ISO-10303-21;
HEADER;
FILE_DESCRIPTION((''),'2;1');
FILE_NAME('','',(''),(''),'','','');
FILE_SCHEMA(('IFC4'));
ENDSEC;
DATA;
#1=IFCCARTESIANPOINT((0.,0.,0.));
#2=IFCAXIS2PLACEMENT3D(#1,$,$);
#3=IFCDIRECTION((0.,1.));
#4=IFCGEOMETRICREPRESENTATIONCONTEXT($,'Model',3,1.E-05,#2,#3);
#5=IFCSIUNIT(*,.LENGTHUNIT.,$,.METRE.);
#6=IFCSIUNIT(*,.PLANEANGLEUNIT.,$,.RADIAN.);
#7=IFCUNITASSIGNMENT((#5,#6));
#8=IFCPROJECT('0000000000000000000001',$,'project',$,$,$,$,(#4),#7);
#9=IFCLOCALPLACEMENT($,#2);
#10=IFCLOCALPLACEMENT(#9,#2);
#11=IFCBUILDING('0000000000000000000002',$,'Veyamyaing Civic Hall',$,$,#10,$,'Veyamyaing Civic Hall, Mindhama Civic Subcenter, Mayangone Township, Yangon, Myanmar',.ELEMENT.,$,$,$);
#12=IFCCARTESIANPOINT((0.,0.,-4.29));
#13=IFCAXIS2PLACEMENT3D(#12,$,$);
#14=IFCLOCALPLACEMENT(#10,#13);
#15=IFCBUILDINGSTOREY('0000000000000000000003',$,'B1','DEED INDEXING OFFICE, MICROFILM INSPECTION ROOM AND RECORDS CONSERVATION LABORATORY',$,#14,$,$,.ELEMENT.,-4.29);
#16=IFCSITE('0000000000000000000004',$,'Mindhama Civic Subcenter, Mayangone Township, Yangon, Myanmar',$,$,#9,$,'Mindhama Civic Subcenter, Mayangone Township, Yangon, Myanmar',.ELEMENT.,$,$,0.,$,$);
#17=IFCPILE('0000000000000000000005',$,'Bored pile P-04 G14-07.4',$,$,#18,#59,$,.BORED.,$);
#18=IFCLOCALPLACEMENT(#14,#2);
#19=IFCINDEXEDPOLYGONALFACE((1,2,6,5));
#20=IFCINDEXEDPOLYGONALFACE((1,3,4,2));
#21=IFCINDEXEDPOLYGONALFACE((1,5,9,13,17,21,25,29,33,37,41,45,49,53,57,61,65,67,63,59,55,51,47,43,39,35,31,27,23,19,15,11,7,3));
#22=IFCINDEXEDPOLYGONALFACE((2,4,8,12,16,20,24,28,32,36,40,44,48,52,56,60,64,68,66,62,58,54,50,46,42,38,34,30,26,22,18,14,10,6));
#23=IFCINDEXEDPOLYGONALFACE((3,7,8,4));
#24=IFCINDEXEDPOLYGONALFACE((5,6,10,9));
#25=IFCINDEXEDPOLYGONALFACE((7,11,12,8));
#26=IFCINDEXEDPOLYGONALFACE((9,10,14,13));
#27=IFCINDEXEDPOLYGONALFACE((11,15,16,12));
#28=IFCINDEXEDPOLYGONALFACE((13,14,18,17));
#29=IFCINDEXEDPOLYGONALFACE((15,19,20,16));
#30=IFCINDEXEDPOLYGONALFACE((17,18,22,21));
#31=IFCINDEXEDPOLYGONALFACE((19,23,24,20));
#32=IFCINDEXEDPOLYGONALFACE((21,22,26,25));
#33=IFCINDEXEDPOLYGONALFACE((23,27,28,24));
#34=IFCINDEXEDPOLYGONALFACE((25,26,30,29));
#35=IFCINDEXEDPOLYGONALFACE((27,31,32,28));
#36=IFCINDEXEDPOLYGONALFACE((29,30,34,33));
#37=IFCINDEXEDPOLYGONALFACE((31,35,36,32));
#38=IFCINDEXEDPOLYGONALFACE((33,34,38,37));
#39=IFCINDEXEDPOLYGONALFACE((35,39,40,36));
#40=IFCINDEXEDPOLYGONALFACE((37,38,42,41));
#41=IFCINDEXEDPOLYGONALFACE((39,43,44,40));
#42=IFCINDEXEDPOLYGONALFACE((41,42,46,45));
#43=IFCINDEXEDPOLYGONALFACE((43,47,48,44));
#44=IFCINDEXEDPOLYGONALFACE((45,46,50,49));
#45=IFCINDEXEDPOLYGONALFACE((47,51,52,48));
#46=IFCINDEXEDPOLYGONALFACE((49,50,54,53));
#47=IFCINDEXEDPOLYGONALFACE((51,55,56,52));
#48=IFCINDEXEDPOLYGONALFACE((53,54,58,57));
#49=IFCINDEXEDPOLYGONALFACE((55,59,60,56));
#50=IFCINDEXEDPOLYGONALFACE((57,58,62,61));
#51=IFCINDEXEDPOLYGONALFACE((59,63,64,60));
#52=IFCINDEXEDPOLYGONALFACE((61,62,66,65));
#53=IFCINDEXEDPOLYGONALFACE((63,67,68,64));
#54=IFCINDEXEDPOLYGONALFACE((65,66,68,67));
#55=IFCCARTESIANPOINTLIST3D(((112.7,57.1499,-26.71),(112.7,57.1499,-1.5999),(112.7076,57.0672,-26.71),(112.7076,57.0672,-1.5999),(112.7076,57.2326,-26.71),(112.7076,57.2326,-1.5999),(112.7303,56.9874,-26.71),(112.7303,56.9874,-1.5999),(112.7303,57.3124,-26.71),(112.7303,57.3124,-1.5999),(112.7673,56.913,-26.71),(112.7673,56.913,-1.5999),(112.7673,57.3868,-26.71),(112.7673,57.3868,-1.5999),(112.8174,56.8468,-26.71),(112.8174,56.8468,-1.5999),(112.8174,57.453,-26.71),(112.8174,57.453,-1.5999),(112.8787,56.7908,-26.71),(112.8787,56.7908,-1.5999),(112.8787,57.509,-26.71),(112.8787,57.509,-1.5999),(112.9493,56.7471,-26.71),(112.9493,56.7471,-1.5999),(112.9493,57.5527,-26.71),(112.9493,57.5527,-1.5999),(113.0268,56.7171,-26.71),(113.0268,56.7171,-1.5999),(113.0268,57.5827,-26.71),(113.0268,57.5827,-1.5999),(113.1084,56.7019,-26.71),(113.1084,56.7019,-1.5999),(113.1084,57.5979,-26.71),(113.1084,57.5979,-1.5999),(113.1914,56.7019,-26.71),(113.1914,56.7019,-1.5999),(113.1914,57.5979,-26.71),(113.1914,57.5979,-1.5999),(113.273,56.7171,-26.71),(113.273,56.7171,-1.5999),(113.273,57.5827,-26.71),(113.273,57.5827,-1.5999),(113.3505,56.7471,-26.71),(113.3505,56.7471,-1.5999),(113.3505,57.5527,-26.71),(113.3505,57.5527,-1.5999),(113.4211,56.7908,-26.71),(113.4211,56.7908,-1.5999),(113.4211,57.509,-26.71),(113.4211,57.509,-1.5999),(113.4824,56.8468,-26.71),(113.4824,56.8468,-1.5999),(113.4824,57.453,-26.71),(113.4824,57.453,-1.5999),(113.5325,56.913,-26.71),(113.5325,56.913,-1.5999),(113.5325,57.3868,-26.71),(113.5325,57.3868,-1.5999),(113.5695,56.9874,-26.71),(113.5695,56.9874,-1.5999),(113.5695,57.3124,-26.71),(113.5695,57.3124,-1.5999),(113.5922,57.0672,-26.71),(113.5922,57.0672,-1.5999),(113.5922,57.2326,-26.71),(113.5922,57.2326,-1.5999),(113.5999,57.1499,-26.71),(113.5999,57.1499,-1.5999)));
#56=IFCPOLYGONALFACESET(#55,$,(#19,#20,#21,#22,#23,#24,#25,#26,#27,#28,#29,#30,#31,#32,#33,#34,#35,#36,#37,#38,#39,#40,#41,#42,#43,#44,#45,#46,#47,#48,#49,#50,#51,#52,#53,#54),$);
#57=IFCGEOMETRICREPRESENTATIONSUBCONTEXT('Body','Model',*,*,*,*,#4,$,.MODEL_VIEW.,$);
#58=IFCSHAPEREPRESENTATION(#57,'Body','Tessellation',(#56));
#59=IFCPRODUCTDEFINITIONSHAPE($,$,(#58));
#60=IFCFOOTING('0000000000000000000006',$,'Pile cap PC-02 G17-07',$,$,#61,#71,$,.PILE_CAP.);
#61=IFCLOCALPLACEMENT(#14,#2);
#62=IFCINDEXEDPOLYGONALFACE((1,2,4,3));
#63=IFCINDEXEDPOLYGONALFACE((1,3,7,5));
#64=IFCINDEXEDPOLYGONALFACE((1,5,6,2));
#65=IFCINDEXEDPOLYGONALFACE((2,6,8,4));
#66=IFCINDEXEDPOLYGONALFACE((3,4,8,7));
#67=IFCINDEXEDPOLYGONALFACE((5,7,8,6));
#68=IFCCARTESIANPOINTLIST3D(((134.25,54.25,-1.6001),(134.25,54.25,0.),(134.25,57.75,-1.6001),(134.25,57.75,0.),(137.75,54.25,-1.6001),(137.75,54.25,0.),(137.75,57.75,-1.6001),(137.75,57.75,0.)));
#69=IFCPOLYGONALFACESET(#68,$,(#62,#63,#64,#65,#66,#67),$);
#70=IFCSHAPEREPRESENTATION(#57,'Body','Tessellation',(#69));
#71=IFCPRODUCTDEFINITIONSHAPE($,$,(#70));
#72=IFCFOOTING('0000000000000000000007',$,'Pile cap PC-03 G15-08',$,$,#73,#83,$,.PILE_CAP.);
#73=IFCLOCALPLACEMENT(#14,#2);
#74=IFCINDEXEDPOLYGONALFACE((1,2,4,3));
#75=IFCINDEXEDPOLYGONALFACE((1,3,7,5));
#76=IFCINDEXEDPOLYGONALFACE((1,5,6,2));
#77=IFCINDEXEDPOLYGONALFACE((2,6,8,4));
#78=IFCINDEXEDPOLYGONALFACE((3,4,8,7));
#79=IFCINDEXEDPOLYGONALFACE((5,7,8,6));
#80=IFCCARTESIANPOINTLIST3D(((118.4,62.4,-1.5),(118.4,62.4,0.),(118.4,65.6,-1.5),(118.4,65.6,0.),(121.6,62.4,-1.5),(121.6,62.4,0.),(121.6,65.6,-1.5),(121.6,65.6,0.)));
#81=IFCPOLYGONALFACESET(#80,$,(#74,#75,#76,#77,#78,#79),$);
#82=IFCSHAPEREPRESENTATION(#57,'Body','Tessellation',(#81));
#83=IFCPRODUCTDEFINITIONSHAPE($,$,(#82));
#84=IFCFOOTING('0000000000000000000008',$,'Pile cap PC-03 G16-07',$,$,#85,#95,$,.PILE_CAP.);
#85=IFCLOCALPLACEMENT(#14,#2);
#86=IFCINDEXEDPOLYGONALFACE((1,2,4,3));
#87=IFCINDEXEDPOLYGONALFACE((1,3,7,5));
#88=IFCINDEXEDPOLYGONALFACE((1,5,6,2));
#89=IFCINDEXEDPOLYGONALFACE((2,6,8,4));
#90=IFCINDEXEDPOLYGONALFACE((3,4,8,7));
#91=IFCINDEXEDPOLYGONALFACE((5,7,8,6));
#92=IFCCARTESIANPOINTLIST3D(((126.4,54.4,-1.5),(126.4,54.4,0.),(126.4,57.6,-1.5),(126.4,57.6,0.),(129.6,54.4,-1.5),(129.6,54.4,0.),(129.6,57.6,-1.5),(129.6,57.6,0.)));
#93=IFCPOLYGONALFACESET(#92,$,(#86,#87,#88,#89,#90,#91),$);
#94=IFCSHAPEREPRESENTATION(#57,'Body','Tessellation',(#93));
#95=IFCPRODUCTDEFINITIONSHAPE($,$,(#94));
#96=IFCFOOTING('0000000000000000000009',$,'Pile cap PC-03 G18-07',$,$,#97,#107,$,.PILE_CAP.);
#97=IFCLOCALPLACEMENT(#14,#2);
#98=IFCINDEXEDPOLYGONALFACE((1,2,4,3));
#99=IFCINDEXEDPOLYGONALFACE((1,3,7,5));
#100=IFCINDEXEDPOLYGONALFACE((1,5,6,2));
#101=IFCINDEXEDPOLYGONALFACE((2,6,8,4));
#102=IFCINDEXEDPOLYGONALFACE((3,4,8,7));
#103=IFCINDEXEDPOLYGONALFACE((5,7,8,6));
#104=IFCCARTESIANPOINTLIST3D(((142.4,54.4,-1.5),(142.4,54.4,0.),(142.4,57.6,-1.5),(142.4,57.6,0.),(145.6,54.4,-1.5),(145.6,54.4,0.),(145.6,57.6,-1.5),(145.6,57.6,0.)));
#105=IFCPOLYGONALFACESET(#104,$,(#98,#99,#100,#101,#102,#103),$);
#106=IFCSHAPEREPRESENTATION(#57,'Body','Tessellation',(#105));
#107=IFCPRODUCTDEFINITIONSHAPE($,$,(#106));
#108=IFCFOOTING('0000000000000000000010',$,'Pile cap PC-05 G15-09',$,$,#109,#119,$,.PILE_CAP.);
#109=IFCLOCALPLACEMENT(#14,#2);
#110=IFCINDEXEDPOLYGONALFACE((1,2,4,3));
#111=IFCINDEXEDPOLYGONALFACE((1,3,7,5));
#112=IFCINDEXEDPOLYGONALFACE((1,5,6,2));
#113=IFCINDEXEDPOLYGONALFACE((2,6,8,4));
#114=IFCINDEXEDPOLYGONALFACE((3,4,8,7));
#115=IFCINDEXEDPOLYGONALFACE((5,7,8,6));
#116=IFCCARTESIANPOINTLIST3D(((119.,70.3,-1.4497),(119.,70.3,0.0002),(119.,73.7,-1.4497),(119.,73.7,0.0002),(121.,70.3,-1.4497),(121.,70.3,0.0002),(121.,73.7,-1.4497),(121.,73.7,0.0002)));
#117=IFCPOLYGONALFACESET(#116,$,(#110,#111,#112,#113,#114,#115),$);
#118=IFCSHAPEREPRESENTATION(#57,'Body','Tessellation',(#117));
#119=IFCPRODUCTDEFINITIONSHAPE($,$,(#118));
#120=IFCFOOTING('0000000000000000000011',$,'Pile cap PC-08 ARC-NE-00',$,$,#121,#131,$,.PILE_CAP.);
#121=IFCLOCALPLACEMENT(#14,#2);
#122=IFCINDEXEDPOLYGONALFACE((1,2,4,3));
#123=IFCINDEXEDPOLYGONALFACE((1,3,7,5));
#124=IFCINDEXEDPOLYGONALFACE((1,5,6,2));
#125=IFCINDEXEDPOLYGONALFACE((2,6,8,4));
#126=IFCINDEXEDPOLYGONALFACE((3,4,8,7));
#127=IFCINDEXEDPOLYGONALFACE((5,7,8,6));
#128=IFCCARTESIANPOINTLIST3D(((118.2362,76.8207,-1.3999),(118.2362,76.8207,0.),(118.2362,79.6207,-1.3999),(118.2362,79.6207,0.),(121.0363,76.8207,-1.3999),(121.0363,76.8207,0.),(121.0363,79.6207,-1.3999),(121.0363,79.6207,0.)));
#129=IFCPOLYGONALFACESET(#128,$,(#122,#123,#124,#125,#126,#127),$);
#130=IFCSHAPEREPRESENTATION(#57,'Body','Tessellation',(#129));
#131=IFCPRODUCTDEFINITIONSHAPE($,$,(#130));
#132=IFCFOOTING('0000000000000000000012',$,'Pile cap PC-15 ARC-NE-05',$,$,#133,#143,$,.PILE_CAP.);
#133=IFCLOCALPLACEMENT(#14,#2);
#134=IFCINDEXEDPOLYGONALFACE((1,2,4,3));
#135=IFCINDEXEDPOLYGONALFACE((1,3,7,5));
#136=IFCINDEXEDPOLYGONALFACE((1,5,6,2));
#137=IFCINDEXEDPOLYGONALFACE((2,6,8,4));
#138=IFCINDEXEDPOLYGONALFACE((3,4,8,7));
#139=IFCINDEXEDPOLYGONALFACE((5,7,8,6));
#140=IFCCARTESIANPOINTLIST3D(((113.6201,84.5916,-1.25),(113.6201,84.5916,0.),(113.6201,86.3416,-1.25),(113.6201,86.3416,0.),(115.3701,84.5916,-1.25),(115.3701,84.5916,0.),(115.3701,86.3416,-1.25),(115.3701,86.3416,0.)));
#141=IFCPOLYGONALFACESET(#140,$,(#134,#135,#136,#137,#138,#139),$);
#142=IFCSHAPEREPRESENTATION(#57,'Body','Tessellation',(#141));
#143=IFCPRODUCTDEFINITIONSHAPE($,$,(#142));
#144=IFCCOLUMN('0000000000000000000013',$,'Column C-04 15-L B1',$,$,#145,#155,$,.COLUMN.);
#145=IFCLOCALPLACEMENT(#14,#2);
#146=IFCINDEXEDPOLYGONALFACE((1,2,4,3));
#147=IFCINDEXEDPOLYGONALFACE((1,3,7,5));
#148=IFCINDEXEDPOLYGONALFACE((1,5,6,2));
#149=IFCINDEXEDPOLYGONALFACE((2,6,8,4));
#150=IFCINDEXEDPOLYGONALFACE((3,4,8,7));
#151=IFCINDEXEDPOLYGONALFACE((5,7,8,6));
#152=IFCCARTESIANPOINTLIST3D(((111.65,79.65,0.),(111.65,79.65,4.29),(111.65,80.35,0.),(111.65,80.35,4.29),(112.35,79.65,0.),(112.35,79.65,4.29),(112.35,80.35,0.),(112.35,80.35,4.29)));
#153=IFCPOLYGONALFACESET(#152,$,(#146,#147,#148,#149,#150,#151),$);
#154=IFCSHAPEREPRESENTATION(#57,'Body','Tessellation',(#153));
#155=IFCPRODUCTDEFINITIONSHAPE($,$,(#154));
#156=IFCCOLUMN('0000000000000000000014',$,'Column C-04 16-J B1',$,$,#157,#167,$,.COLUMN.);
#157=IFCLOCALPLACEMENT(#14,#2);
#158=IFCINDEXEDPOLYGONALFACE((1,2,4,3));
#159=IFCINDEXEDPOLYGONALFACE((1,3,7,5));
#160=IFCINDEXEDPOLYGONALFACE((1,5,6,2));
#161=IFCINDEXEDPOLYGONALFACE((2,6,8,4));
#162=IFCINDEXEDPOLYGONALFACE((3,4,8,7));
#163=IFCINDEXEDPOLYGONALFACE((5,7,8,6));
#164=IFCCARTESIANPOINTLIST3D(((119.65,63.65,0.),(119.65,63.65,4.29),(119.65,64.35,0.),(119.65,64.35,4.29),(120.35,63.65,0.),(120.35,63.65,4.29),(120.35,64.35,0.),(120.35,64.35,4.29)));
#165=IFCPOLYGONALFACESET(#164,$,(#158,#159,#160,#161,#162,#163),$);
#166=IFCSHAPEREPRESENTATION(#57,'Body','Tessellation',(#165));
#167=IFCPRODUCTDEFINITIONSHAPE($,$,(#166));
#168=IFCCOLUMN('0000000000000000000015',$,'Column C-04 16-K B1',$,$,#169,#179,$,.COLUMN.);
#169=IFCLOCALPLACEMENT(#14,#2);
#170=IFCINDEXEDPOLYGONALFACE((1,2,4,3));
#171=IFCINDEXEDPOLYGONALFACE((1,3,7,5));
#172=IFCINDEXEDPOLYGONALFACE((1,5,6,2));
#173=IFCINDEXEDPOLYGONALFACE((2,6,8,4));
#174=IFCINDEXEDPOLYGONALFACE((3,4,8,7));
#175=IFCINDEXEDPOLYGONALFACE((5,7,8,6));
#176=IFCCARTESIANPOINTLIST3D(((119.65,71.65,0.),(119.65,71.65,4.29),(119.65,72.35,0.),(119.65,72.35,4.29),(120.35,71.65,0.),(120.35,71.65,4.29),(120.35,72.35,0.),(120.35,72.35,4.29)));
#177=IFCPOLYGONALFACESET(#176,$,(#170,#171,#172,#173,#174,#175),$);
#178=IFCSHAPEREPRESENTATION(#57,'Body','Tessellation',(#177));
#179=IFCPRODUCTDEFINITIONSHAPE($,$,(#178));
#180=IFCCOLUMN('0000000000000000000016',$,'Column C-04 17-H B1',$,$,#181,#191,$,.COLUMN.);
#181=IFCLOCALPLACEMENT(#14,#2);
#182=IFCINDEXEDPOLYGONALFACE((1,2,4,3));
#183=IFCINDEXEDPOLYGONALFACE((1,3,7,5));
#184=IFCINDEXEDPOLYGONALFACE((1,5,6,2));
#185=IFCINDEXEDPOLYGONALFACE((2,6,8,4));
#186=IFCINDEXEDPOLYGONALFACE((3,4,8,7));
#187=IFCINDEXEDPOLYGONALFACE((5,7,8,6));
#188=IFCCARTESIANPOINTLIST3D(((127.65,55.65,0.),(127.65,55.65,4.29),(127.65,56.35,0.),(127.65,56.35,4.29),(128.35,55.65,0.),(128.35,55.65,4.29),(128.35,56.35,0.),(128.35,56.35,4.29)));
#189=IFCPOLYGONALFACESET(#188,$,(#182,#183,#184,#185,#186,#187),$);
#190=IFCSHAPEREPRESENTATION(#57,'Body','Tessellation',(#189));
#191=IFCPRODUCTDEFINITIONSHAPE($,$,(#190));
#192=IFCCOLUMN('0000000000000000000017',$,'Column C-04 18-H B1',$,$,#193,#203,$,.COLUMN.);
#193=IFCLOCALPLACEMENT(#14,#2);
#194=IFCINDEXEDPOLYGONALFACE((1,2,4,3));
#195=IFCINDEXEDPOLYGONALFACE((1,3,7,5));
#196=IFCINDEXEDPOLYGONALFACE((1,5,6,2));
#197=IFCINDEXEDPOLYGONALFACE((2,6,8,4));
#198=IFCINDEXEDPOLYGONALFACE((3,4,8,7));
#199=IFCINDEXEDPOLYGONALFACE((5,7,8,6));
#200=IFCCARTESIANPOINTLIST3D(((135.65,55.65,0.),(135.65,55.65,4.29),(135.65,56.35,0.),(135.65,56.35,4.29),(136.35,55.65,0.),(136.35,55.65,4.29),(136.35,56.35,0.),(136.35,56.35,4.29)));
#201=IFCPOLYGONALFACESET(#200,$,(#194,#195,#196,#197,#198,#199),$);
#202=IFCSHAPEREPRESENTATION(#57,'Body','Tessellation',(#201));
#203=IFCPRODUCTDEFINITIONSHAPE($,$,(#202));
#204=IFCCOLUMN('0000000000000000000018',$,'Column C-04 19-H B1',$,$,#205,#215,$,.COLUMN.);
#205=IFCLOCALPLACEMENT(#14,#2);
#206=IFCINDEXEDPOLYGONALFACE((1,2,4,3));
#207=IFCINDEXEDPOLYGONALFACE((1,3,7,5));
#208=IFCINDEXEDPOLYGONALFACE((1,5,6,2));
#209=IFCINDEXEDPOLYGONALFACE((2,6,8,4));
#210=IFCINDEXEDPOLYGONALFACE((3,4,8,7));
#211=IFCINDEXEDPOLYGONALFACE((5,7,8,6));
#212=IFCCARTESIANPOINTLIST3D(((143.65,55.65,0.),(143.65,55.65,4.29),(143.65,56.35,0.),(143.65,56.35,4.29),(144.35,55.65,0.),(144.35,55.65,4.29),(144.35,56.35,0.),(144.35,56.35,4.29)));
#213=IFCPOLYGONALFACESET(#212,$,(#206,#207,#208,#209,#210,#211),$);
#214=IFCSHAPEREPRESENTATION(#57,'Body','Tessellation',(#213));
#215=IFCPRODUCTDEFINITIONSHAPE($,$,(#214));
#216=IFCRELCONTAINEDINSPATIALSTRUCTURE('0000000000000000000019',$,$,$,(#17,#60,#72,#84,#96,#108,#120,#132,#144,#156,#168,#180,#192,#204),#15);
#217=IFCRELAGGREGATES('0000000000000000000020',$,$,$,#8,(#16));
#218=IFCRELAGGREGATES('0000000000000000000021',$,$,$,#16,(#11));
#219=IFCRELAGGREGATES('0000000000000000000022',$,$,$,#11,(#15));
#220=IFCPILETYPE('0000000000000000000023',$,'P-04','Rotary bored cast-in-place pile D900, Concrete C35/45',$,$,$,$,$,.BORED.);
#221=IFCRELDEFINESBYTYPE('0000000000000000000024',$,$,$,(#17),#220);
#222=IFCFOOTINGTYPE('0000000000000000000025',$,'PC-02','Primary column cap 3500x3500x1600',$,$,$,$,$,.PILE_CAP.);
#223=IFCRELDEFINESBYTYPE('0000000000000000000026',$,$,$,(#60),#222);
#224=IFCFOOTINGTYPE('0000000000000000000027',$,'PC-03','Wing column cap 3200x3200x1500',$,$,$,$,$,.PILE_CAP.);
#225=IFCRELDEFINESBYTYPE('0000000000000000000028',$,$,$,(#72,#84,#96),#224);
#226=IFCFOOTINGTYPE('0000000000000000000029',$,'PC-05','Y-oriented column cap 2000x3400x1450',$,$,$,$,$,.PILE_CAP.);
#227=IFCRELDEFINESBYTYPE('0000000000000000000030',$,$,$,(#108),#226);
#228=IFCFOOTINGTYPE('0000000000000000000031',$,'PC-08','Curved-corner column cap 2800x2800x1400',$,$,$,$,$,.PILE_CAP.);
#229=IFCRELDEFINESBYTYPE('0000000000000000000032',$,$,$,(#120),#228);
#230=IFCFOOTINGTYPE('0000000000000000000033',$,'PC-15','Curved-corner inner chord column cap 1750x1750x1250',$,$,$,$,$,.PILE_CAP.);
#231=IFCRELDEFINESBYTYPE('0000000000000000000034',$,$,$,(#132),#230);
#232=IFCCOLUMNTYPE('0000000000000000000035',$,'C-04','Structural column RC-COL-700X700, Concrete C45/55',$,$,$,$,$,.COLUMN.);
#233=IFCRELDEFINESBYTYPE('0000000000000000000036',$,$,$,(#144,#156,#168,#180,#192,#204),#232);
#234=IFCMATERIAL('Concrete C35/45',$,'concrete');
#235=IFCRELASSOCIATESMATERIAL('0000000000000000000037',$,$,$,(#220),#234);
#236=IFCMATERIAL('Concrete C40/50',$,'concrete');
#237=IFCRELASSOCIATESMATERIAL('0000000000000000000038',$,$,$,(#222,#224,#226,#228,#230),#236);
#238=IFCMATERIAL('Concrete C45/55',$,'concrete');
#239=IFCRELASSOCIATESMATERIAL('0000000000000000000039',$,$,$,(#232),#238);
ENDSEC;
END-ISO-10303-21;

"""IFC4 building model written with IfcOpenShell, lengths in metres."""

from ifc_helpers import new_model, si_unit, direction, frame, origin, origin_2d, place, context, subcontext, project, spatial, rectangle, circle, extrude, material, material_profile, profile_set, type_object, element, save


model = new_model("IFC4")

# Units and contexts
model_context = context("Model", 3, precision=1e-05, world=origin(), true_north=direction((0.0, 1.0)))
body_context = subcontext(model_context, "Body", "Model", "MODEL_VIEW")
ifc_project = project(units=[si_unit("LENGTHUNIT", "METRE"), si_unit("PLANEANGLEUNIT", "RADIAN")], contexts=[model_context])

# Site, building, storey
site_placement = place(None, origin())
site = spatial("IfcSite", under=ifc_project, at=site_placement, Name="Mindhama Civic Subcenter, Mayangone Township, Yangon, Myanmar", LongName="Mindhama Civic Subcenter, Mayangone Township, Yangon, Myanmar", CompositionType="ELEMENT", RefElevation=0.0)
building_placement = place(site_placement, origin())
building = spatial("IfcBuilding", under=site, at=building_placement, Name="Veyamyaing Civic Hall", LongName="Veyamyaing Civic Hall, Mindhama Civic Subcenter, Mayangone Township, Yangon, Myanmar", CompositionType="ELEMENT")
storey_placement = place(building_placement, frame((0.0, 0.0, -4.29)))
storey = spatial("IfcBuildingStorey", under=building, at=storey_placement, Name="B1", Description="DEED INDEXING OFFICE, MICROFILM INSPECTION ROOM AND RECORDS CONSERVATION LABORATORY", CompositionType="ELEMENT", Elevation=-4.29)

# Shared definitions
ifc_material_1 = material(Name="Concrete C40/50", Category="concrete")

# Pile
ifc_material_2 = material(Name="Concrete C35/45", Category="concrete")
ifc_material_profile_1 = material_profile(ifc_material_2, circle(Radius=0.45, at=origin_2d()), Name="PILE-D900")
ifc_profile_set_1 = profile_set([ifc_material_profile_1], Name="Concrete C35/45")
pile_type_1 = type_object("IfcPileType", Name="P-04", Description="Rotary bored cast-in-place pile D900, Concrete C35/45", PredefinedType="BORED", material=ifc_profile_set_1)
pile_1_placement = place(storey_placement, frame((113.1499, 57.1499, -1.5999), z_axis=(0.0, 0.0, -1.0), x_axis=(1.0, 0.0, 0.0)))
element("IfcPile", 1, at=pile_1_placement, inside=storey, type_object=pile_type_1, Name="Bored pile P-04 G14-07.4", PredefinedType="BORED", context=body_context, shape_type="SweptSolid", body=[
    extrude(circle(Radius=0.45, at=origin_2d()), origin(), (0.0, 0.0, 1.0), 25.1101),
])

# Footings
footing_type_1 = type_object("IfcFootingType", Name="PC-02", Description="Primary column cap 3500x3500x1600", PredefinedType="PILE_CAP", material=ifc_material_1)
footing_1_placement = place(storey_placement, frame((136.0, 56.0, -1.6001), z_axis=(0.0, 0.0, 1.0), x_axis=(1.0, 0.0, 0.0)))
element("IfcFooting", 2, at=footing_1_placement, inside=storey, type_object=footing_type_1, Name="Pile cap PC-02 G17-07", PredefinedType="PILE_CAP", context=body_context, shape_type="SweptSolid", body=[
    extrude(rectangle(XDim=3.5, YDim=3.5, at=origin_2d()), origin(), (0.0, 0.0, 1.0), 1.6001),
])
footing_type_2 = type_object("IfcFootingType", Name="PC-03", Description="Wing column cap 3200x3200x1500", PredefinedType="PILE_CAP", material=ifc_material_1)
for number, where, z_axis, x_axis, name in (
    (3, (120.0, 64.0, -1.5), (0.0, 0.0, 1.0), (1.0, 0.0, 0.0), "Pile cap PC-03 G15-08"),
    (4, (128.0, 56.0, -1.5), (0.0, 0.0, 1.0), (1.0, 0.0, 0.0), "Pile cap PC-03 G16-07"),
    (5, (144.0, 56.0, -1.5), (0.0, 0.0, 1.0), (1.0, 0.0, 0.0), "Pile cap PC-03 G18-07"),
):
    element("IfcFooting", number, at=place(storey_placement, frame(where, z_axis=z_axis, x_axis=x_axis)), inside=storey, type_object=footing_type_2, Name=name, PredefinedType="PILE_CAP", context=body_context, shape_type="SweptSolid", body=[
        extrude(rectangle(XDim=3.2, YDim=3.2, at=origin_2d()), origin(), (0.0, 0.0, 1.0), 1.5),
    ])
footing_type_3 = type_object("IfcFootingType", Name="PC-05", Description="Y-oriented column cap 2000x3400x1450", PredefinedType="PILE_CAP", material=ifc_material_1)
footing_2_placement = place(storey_placement, frame((120.0, 72.0, -1.4497), z_axis=(0.0, 0.0, 1.0), x_axis=(1.0, 0.0, 0.0)))
element("IfcFooting", 6, at=footing_2_placement, inside=storey, type_object=footing_type_3, Name="Pile cap PC-05 G15-09", PredefinedType="PILE_CAP", context=body_context, shape_type="SweptSolid", body=[
    extrude(rectangle(XDim=2.0, YDim=3.3999, at=origin_2d()), origin(), (0.0, 0.0, 1.0), 1.45),
])
footing_type_4 = type_object("IfcFootingType", Name="PC-08", Description="Curved-corner column cap 2800x2800x1400", PredefinedType="PILE_CAP", material=ifc_material_1)
footing_3_placement = place(storey_placement, frame((119.6362, 78.2207, -1.3999), z_axis=(0.0, 0.0, 1.0), x_axis=(1.0, 0.0, 0.0)))
element("IfcFooting", 7, at=footing_3_placement, inside=storey, type_object=footing_type_4, Name="Pile cap PC-08 ARC-NE-00", PredefinedType="PILE_CAP", context=body_context, shape_type="SweptSolid", body=[
    extrude(rectangle(XDim=2.8, YDim=2.8, at=origin_2d()), origin(), (0.0, 0.0, 1.0), 1.3999),
])
footing_type_5 = type_object("IfcFootingType", Name="PC-15", Description="Curved-corner inner chord column cap 1750x1750x1250", PredefinedType="PILE_CAP", material=ifc_material_1)
footing_4_placement = place(storey_placement, frame((114.4951, 85.4666, -1.25), z_axis=(0.0, 0.0, 1.0), x_axis=(1.0, 0.0, 0.0)))
element("IfcFooting", 8, at=footing_4_placement, inside=storey, type_object=footing_type_5, Name="Pile cap PC-15 ARC-NE-05", PredefinedType="PILE_CAP", context=body_context, shape_type="SweptSolid", body=[
    extrude(rectangle(XDim=1.75, YDim=1.75, at=origin_2d()), origin(), (0.0, 0.0, 1.0), 1.25),
])

# Columns
ifc_material_3 = material(Name="Concrete C45/55", Category="concrete")
ifc_material_profile_2 = material_profile(ifc_material_3, rectangle(XDim=0.7, YDim=0.7, at=origin_2d()), Name="RC-COL-700X700")
ifc_profile_set_2 = profile_set([ifc_material_profile_2], Name="Concrete C45/55")
column_type_1 = type_object("IfcColumnType", Name="C-04", Description="Structural column RC-COL-700X700, Concrete C45/55", PredefinedType="COLUMN", material=ifc_profile_set_2)
for number, where, z_axis, x_axis, name in (
    (9, (112.0, 80.0, 0.0), (0.0, 0.0, 1.0), (1.0, 0.0, 0.0), "Column C-04 15-L B1"),
    (10, (120.0, 64.0, 0.0), (0.0, 0.0, 1.0), (1.0, 0.0, 0.0), "Column C-04 16-J B1"),
    (11, (120.0, 72.0, 0.0), (0.0, 0.0, 1.0), (1.0, 0.0, 0.0), "Column C-04 16-K B1"),
    (12, (128.0, 56.0, 0.0), (0.0, 0.0, 1.0), (1.0, 0.0, 0.0), "Column C-04 17-H B1"),
    (13, (136.0, 56.0, 0.0), (0.0, 0.0, 1.0), (1.0, 0.0, 0.0), "Column C-04 18-H B1"),
    (14, (144.0, 56.0, 0.0), (0.0, 0.0, 1.0), (1.0, 0.0, 0.0), "Column C-04 19-H B1"),
):
    element("IfcColumn", number, at=place(storey_placement, frame(where, z_axis=z_axis, x_axis=x_axis)), inside=storey, type_object=column_type_1, Name=name, PredefinedType="COLUMN", context=body_context, shape_type="SweptSolid", body=[
        extrude(rectangle(XDim=0.7, YDim=0.7, at=origin_2d()), origin(), (0.0, 0.0, 1.0), 4.29),
    ])

save(model, "model.ifc")
